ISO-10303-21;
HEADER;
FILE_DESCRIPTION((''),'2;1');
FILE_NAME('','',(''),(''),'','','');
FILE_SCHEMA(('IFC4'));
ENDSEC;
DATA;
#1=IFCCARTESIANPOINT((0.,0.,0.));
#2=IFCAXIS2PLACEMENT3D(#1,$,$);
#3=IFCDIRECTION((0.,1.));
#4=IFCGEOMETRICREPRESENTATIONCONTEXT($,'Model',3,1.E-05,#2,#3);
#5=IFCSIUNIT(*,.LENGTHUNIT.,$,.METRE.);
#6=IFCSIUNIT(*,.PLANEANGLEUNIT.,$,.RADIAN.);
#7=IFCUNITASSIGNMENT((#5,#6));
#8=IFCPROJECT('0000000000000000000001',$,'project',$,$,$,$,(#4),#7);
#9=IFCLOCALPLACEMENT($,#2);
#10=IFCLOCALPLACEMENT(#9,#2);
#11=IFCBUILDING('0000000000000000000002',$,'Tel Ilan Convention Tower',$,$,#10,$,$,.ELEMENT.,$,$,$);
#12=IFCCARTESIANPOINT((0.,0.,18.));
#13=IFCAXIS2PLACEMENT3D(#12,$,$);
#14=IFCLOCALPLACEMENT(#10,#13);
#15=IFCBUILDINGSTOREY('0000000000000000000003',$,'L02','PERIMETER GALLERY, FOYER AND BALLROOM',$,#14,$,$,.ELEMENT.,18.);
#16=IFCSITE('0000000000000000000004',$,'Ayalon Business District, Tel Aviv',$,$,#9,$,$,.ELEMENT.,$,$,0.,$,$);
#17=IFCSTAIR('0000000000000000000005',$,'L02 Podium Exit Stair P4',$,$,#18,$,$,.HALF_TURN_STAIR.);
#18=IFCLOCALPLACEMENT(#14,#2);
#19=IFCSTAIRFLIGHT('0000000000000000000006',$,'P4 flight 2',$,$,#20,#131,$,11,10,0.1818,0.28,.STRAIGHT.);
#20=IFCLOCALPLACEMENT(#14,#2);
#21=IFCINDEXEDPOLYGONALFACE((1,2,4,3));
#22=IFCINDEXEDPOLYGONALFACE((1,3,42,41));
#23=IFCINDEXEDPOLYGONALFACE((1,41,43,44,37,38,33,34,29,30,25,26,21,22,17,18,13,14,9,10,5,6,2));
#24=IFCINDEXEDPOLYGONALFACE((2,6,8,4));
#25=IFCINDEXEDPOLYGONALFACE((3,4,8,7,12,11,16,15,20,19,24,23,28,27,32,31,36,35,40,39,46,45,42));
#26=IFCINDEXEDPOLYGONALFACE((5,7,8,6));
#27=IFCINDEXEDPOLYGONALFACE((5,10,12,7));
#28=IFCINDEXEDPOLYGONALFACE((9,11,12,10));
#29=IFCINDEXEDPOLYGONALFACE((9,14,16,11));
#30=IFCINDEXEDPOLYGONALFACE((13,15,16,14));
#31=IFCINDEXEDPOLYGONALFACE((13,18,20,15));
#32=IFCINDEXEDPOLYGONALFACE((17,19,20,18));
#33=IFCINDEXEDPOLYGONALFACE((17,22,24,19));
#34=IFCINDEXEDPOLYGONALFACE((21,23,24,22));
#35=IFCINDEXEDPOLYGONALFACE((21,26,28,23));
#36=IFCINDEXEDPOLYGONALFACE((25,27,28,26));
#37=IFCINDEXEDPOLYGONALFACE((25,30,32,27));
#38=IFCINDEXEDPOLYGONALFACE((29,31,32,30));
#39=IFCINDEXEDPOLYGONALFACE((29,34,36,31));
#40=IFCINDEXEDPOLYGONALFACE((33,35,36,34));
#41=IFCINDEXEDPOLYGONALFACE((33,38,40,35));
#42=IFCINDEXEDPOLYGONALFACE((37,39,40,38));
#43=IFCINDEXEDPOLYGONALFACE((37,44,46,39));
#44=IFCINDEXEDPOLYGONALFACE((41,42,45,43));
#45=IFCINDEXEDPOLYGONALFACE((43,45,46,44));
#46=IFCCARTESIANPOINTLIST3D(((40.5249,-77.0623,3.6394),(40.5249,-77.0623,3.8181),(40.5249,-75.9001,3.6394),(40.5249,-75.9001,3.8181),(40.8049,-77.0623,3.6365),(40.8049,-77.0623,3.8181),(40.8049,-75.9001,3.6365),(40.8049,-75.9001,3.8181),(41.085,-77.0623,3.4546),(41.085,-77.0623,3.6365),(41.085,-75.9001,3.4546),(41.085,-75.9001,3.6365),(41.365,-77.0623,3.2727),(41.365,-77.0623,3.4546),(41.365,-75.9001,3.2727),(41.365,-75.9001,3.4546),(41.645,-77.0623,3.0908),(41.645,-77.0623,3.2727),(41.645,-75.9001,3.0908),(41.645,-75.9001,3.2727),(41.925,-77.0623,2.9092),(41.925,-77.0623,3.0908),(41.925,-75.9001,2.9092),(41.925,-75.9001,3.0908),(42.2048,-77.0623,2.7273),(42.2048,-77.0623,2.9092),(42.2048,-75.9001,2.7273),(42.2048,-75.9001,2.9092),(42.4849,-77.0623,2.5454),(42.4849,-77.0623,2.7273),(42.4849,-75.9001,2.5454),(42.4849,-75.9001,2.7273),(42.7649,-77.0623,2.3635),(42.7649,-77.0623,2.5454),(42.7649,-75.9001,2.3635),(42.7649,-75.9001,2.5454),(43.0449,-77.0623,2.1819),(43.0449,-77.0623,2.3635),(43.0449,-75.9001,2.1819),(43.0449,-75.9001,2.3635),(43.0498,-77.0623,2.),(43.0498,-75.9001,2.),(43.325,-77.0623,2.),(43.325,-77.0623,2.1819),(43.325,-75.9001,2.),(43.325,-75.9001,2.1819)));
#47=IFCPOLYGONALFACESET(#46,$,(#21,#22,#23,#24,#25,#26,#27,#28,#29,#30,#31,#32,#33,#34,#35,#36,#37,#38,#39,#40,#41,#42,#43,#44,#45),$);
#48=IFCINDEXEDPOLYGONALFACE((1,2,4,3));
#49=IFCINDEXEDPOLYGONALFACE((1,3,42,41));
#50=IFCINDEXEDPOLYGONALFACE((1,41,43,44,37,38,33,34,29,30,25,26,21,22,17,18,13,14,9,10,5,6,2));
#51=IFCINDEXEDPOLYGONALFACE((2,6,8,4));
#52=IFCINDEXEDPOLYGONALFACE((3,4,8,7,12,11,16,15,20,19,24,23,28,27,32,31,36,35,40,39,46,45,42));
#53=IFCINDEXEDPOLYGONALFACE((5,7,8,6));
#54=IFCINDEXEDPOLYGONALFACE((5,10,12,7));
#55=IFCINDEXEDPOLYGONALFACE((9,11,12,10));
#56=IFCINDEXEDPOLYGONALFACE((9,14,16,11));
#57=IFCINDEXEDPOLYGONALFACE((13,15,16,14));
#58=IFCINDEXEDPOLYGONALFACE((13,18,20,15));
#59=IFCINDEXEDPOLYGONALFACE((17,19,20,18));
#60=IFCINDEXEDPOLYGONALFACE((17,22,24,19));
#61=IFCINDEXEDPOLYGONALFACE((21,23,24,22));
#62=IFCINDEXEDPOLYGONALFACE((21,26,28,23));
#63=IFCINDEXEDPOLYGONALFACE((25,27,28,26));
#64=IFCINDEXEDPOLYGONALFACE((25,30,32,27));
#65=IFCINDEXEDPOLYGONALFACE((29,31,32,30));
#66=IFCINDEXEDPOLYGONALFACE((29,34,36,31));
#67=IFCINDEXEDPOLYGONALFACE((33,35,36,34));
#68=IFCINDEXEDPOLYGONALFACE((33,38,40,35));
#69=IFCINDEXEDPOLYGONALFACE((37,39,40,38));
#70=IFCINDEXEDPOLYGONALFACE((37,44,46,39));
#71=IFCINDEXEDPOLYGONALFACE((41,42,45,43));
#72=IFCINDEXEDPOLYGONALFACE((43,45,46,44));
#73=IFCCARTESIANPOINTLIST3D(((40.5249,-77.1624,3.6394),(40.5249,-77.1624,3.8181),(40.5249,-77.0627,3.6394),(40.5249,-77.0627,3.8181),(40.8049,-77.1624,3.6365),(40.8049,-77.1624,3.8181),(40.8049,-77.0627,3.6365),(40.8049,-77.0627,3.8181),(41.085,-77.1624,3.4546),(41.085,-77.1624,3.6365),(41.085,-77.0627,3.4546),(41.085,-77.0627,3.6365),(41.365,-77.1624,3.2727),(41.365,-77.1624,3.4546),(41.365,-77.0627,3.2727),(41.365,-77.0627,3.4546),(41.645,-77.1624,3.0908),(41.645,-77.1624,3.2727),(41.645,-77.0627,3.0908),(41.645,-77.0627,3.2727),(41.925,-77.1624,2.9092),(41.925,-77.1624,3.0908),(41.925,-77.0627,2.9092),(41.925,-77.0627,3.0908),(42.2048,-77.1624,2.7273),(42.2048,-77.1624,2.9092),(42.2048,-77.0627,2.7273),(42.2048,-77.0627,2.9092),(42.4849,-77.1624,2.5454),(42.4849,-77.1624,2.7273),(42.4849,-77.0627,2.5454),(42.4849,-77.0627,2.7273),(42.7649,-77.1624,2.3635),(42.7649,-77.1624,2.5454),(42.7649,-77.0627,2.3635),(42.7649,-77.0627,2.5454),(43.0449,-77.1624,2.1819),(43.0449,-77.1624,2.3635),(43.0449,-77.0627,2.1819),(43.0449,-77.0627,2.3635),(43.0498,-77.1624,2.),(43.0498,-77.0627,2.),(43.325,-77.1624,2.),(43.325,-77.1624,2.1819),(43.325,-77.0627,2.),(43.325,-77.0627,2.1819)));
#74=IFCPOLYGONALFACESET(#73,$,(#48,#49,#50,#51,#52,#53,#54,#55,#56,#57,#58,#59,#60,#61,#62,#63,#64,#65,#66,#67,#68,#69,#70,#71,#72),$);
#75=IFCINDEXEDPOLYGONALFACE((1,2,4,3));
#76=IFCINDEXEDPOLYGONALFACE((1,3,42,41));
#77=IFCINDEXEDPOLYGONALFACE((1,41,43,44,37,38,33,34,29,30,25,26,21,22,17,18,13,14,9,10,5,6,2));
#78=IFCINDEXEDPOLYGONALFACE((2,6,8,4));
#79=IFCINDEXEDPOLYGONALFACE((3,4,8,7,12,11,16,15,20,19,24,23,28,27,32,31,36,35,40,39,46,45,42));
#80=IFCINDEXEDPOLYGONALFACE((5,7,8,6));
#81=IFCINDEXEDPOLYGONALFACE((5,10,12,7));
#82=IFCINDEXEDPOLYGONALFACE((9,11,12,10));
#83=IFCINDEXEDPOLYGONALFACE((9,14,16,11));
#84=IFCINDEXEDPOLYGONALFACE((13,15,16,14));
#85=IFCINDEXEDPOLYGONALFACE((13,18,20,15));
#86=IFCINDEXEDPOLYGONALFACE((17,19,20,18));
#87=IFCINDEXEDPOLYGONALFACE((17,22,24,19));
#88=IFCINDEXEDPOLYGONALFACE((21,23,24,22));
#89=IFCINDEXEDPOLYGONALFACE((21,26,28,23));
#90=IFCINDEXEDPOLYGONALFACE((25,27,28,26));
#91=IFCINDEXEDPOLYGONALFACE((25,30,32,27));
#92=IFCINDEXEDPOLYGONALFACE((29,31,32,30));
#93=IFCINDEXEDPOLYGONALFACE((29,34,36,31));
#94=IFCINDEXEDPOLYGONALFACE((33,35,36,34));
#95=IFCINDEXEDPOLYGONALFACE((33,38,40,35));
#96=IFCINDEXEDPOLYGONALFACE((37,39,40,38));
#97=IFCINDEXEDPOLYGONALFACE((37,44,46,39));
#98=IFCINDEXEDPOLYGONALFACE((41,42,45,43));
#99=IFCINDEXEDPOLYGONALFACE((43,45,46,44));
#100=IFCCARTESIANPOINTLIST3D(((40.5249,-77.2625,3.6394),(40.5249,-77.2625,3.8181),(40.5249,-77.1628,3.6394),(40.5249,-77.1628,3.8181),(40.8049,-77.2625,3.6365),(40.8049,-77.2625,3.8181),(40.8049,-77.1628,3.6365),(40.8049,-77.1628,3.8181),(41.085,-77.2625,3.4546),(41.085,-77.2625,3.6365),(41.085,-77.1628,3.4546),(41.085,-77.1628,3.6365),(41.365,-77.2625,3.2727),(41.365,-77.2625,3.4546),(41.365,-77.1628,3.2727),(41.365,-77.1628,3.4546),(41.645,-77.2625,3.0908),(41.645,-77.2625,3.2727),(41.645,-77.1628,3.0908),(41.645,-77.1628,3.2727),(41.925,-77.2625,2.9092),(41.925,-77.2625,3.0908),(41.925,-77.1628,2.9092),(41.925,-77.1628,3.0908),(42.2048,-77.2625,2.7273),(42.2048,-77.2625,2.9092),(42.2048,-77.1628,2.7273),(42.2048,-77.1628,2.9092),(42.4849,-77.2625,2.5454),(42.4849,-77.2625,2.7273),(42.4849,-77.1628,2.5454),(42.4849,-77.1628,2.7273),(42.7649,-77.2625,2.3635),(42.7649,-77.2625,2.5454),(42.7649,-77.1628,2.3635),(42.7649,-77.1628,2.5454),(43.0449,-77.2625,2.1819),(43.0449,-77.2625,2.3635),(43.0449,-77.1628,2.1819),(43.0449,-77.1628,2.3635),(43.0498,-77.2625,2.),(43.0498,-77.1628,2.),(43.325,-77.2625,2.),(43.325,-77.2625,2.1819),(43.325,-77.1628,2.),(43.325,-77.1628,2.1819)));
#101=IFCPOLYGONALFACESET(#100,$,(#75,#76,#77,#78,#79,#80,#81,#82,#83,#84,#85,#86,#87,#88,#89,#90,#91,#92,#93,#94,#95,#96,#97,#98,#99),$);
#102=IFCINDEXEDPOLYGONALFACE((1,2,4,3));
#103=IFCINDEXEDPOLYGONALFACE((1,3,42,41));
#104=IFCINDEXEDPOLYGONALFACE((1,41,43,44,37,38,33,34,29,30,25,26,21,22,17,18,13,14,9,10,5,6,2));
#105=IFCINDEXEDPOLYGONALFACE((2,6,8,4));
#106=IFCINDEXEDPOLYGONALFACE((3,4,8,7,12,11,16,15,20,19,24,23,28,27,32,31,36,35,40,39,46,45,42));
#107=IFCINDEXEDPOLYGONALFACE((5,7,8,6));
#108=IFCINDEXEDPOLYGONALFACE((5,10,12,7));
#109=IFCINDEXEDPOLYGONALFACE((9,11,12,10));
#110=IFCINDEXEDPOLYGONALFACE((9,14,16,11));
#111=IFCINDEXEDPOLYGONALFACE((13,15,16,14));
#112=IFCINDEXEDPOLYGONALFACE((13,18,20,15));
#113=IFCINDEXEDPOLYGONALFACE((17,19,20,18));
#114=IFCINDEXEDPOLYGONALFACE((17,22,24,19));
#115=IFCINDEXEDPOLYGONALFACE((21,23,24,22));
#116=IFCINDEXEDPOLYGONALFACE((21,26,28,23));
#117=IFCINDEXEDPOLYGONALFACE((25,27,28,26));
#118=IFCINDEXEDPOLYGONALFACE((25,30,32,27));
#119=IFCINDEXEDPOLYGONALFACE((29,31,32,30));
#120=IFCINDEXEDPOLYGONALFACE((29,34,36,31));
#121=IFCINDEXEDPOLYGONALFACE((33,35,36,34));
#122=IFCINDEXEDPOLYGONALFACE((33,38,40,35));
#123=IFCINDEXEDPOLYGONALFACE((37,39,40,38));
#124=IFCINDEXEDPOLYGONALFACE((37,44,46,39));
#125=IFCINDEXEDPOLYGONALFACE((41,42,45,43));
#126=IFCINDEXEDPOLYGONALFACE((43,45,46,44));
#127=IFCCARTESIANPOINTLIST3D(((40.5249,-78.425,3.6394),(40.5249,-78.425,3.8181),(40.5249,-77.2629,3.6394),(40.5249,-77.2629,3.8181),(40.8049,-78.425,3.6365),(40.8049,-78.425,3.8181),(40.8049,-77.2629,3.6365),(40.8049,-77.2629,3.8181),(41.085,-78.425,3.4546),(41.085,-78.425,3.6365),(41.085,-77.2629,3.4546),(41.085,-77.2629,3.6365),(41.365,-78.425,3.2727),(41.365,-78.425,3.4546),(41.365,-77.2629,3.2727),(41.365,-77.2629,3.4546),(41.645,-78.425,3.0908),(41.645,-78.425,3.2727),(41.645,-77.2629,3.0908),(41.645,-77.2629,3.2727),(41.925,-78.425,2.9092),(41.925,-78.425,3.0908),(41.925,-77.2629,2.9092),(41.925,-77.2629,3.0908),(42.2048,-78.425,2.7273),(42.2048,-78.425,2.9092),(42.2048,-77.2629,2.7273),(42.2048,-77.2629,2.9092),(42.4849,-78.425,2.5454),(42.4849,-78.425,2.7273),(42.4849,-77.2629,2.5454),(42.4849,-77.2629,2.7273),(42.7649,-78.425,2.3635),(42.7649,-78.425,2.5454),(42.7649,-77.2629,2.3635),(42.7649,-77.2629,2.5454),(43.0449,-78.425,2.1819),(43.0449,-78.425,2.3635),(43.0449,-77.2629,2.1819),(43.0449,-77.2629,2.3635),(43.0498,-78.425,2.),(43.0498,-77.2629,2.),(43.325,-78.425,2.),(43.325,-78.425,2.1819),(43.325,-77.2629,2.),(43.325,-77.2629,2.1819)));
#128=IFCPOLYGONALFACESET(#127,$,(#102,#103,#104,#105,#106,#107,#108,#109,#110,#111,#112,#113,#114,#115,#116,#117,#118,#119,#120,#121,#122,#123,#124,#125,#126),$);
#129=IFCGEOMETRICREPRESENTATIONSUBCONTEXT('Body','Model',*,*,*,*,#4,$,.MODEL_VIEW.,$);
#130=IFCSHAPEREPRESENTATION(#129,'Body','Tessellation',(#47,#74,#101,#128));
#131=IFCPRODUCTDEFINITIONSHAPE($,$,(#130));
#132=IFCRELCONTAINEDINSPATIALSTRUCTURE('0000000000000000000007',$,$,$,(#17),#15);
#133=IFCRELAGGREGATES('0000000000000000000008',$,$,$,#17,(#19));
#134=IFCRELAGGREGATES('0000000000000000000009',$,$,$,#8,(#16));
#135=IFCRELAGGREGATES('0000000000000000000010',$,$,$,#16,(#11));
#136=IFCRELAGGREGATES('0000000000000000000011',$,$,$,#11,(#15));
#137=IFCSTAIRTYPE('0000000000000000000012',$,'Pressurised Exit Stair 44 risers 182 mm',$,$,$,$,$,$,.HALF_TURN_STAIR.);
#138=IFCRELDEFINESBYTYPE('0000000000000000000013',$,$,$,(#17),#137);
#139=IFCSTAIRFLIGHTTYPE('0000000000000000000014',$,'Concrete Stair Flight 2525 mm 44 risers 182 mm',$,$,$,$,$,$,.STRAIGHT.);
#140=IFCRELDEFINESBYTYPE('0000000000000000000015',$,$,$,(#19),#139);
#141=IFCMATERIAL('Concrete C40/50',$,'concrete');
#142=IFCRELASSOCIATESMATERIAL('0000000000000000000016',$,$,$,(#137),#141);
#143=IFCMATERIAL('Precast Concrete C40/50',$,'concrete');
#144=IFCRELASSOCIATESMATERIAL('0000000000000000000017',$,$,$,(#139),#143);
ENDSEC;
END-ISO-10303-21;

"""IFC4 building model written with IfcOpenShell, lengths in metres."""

from ifc_helpers import new_model, si_unit, direction, frame, origin, place, context, subcontext, project, spatial, polyline, outline, extrude, material, type_object, element, aggregate, save


model = new_model("IFC4")

# Units and contexts
model_context = context("Model", 3, precision=1e-05, world=origin(), true_north=direction((0.0, 1.0)))
body_context = subcontext(model_context, "Body", "Model", "MODEL_VIEW")
ifc_project = project(units=[si_unit("LENGTHUNIT", "METRE"), si_unit("PLANEANGLEUNIT", "RADIAN")], contexts=[model_context])

# Site, building, storey
site_placement = place(None, origin())
site = spatial("IfcSite", under=ifc_project, at=site_placement, Name="Ayalon Business District, Tel Aviv", CompositionType="ELEMENT", RefElevation=0.0)
building_placement = place(site_placement, origin())
building = spatial("IfcBuilding", under=site, at=building_placement, Name="Tel Ilan Convention Tower", CompositionType="ELEMENT")
storey_placement = place(building_placement, frame((0.0, 0.0, 18.0)))
storey = spatial("IfcBuildingStorey", under=building, at=storey_placement, Name="L02", Description="PERIMETER GALLERY, FOYER AND BALLROOM", CompositionType="ELEMENT", Elevation=18.0)

# Stair, stair flight
ifc_material_1 = material(Name="Concrete C40/50", Category="concrete")
stair_type = type_object("IfcStairType", Name="Pressurised Exit Stair 44 risers 182 mm", PredefinedType="HALF_TURN_STAIR", material=ifc_material_1)
stair_1_placement = place(storey_placement, origin())
stair_1 = element("IfcStair", 1, at=stair_1_placement, inside=storey, type_object=stair_type, Name="L02 Podium Exit Stair P4", PredefinedType="HALF_TURN_STAIR")
ifc_material_2 = material(Name="Precast Concrete C40/50", Category="concrete")
stair_flight_type = type_object("IfcStairFlightType", Name="Concrete Stair Flight 2525 mm 44 risers 182 mm", PredefinedType="STRAIGHT", material=ifc_material_2)
stair_flight_1_placement = place(storey_placement, frame((43.325, -77.1626, 2.0), z_axis=(0.0, 0.0, 1.0), x_axis=(-1.0, 0.0, 0.0)))
stair_flight_1 = element("IfcStairFlight", 2, at=stair_flight_1_placement, type_object=stair_flight_type, Name="P4 flight 2", NumberOfRisers=11, NumberOfTreads=10, PredefinedType="STRAIGHT", RiserHeight=0.1818, TreadLength=0.28, context=body_context, shape_type="SweptSolid", body=[
    extrude(outline(polyline([(0.0, 0.0), (0.0, 0.1819), (0.28, 0.1819), (0.28, 0.3635), (0.5601, 0.3635), (0.5601, 0.5454), (0.8401, 0.5454), (0.8401, 0.7273), (1.1201, 0.7273), (1.1201, 0.9092), (1.3999, 0.9092), (1.3999, 1.0908), (1.6799, 1.0908), (1.6799, 1.2727), (1.96, 1.2727), (1.96, 1.4546), (2.24, 1.4546), (2.24, 1.6365), (2.52, 1.6365), (2.52, 1.8181), (2.8, 1.8181), (2.8, 2.0), (2.8, 1.6394), (0.2751, 0.0), (0.0, 0.0)])), frame((0.0, -0.1003, 0.0), z_axis=(0.0, -1.0, 0.0), x_axis=(1.0, 0.0, 0.0)), (0.0, 0.0, 1.0), 1.1621),
    extrude(outline(polyline([(0.0, 0.0), (0.0, 0.1819), (0.28, 0.1819), (0.28, 0.3635), (0.5601, 0.3635), (0.5601, 0.5454), (0.8401, 0.5454), (0.8401, 0.7273), (1.1201, 0.7273), (1.1201, 0.9092), (1.3999, 0.9092), (1.3999, 1.0908), (1.6799, 1.0908), (1.6799, 1.2727), (1.96, 1.2727), (1.96, 1.4546), (2.24, 1.4546), (2.24, 1.6365), (2.52, 1.6365), (2.52, 1.8181), (2.8, 1.8181), (2.8, 2.0), (2.8, 1.6394), (0.2751, 0.0), (0.0, 0.0)])), frame((0.0, -0.0002, 0.0), z_axis=(0.0, -1.0, 0.0), x_axis=(1.0, 0.0, 0.0)), (0.0, 0.0, 1.0), 0.0996),
    extrude(outline(polyline([(0.0, 0.0), (0.0, 0.1819), (0.28, 0.1819), (0.28, 0.3635), (0.5601, 0.3635), (0.5601, 0.5454), (0.8401, 0.5454), (0.8401, 0.7273), (1.1201, 0.7273), (1.1201, 0.9092), (1.3999, 0.9092), (1.3999, 1.0908), (1.6799, 1.0908), (1.6799, 1.2727), (1.96, 1.2727), (1.96, 1.4546), (2.24, 1.4546), (2.24, 1.6365), (2.52, 1.6365), (2.52, 1.8181), (2.8, 1.8181), (2.8, 2.0), (2.8, 1.6394), (0.2751, 0.0), (0.0, 0.0)])), frame((0.0, 0.0999, 0.0), z_axis=(0.0, -1.0, 0.0), x_axis=(1.0, 0.0, 0.0)), (0.0, 0.0, 1.0), 0.0996),
    extrude(outline(polyline([(0.0, 0.0), (0.0, 0.1819), (0.28, 0.1819), (0.28, 0.3635), (0.5601, 0.3635), (0.5601, 0.5454), (0.8401, 0.5454), (0.8401, 0.7273), (1.1201, 0.7273), (1.1201, 0.9092), (1.3999, 0.9092), (1.3999, 1.0908), (1.6799, 1.0908), (1.6799, 1.2727), (1.96, 1.2727), (1.96, 1.4546), (2.24, 1.4546), (2.24, 1.6365), (2.52, 1.6365), (2.52, 1.8181), (2.8, 1.8181), (2.8, 2.0), (2.8, 1.6394), (0.2751, 0.0), (0.0, 0.0)])), frame((0.0, 1.2625, 0.0), z_axis=(0.0, -1.0, 0.0), x_axis=(1.0, 0.0, 0.0)), (0.0, 0.0, 1.0), 1.1621),
])
aggregate(stair_1, [stair_flight_1])

save(model, "model.ifc")
